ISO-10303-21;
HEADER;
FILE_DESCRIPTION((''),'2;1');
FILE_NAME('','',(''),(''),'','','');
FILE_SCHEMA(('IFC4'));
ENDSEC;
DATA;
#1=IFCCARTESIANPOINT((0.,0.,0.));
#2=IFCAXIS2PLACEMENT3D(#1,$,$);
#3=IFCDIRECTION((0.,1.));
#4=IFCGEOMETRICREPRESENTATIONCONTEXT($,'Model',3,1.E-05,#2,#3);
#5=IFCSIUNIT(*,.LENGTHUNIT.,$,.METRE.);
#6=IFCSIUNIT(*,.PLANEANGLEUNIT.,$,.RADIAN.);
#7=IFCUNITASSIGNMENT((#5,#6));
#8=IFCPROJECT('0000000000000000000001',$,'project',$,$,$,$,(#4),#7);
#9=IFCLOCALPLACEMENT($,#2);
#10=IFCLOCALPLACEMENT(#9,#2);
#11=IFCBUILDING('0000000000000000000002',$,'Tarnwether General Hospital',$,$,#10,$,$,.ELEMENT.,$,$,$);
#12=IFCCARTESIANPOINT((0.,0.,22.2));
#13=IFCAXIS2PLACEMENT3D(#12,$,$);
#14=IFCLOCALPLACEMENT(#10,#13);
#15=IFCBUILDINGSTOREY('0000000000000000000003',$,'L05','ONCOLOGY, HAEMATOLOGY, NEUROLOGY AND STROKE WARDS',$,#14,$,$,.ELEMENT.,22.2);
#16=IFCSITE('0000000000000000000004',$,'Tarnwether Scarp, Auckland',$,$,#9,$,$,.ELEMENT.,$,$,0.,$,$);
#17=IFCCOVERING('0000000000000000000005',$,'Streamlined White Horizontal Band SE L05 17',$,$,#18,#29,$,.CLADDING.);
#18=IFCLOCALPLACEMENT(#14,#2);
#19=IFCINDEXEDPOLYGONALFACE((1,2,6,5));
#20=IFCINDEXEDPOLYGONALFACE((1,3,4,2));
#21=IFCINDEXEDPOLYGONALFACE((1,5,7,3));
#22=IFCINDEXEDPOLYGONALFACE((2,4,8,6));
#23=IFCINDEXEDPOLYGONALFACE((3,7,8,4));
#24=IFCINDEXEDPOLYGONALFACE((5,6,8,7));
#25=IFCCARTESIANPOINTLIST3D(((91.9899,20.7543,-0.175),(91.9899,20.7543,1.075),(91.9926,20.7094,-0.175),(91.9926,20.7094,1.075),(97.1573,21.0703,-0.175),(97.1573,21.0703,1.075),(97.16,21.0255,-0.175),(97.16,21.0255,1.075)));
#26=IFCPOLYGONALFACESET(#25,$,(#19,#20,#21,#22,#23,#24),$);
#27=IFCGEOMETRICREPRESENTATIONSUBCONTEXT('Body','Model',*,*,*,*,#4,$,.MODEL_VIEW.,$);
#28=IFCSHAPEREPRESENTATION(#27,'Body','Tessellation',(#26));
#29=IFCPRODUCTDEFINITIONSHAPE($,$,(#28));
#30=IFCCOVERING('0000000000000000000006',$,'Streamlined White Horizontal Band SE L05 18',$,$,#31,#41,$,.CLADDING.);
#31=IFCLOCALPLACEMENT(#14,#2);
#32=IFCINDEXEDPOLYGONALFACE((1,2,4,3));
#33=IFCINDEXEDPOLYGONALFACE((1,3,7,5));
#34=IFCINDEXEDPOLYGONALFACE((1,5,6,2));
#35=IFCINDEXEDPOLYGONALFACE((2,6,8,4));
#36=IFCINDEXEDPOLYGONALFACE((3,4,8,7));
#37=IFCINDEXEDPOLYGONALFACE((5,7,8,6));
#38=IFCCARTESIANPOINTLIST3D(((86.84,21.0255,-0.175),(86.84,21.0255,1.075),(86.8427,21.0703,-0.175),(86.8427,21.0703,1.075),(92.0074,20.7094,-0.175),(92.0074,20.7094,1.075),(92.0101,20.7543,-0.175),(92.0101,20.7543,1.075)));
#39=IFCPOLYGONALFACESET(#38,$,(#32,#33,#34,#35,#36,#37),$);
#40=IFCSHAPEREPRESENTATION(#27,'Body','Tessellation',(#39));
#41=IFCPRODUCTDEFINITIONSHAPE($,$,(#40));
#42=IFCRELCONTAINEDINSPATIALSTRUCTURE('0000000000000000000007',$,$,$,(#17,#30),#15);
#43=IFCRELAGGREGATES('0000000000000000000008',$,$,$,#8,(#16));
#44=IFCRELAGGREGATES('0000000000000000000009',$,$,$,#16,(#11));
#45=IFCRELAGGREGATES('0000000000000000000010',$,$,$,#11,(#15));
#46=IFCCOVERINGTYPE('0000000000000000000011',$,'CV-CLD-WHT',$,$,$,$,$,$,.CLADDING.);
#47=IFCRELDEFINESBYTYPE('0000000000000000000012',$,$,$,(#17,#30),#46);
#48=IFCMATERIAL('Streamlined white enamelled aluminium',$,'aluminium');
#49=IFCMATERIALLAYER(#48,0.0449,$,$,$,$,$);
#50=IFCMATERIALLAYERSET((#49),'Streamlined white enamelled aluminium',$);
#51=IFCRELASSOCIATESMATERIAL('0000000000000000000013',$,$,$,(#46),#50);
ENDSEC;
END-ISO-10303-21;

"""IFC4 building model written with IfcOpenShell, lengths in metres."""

from ifc_helpers import new_model, si_unit, direction, frame, origin, origin_2d, place, context, subcontext, project, spatial, rectangle, extrude, material, layer, layer_set, type_object, element, save


model = new_model("IFC4")

# Units and contexts
model_context = context("Model", 3, precision=1e-05, world=origin(), true_north=direction((0.0, 1.0)))
body_context = subcontext(model_context, "Body", "Model", "MODEL_VIEW")
ifc_project = project(units=[si_unit("LENGTHUNIT", "METRE"), si_unit("PLANEANGLEUNIT", "RADIAN")], contexts=[model_context])

# Site, building, storey
site_placement = place(None, origin())
site = spatial("IfcSite", under=ifc_project, at=site_placement, Name="Tarnwether Scarp, Auckland", CompositionType="ELEMENT", RefElevation=0.0)
building_placement = place(site_placement, origin())
building = spatial("IfcBuilding", under=site, at=building_placement, Name="Tarnwether General Hospital", CompositionType="ELEMENT")
storey_placement = place(building_placement, frame((0.0, 0.0, 22.2)))
storey = spatial("IfcBuildingStorey", under=building, at=storey_placement, Name="L05", Description="ONCOLOGY, HAEMATOLOGY, NEUROLOGY AND STROKE WARDS", CompositionType="ELEMENT", Elevation=22.2)

# Coverings
ifc_material_1 = material(Name="Streamlined white enamelled aluminium", Category="aluminium")
ifc_layer_1 = layer(ifc_material_1, 0.0449)
ifc_layer_set_1 = layer_set([ifc_layer_1], Name="Streamlined white enamelled aluminium")
covering_type = type_object("IfcCoveringType", Name="CV-CLD-WHT", PredefinedType="CLADDING", material=ifc_layer_set_1)
for number, where, z_axis, x_axis, name in (
    (1, (94.575, 20.8899, -0.175), (0.0, 0.0, 1.0), (0.998135, 0.061049, 0.0), "Streamlined White Horizontal Band SE L05 17"),
    (2, (89.425, 20.8899, -0.175), (0.0, 0.0, 1.0), (0.998135, -0.061049, 0.0), "Streamlined White Horizontal Band SE L05 18"),
):
    element("IfcCovering", number, at=place(storey_placement, frame(where, z_axis=z_axis, x_axis=x_axis)), inside=storey, type_object=covering_type, Name=name, PredefinedType="CLADDING", context=body_context, shape_type="SweptSolid", body=[
        extrude(rectangle(XDim=5.177, YDim=0.0449, at=origin_2d()), origin(), (0.0, 0.0, 1.0), 1.25),
    ])

save(model, "model.ifc")
